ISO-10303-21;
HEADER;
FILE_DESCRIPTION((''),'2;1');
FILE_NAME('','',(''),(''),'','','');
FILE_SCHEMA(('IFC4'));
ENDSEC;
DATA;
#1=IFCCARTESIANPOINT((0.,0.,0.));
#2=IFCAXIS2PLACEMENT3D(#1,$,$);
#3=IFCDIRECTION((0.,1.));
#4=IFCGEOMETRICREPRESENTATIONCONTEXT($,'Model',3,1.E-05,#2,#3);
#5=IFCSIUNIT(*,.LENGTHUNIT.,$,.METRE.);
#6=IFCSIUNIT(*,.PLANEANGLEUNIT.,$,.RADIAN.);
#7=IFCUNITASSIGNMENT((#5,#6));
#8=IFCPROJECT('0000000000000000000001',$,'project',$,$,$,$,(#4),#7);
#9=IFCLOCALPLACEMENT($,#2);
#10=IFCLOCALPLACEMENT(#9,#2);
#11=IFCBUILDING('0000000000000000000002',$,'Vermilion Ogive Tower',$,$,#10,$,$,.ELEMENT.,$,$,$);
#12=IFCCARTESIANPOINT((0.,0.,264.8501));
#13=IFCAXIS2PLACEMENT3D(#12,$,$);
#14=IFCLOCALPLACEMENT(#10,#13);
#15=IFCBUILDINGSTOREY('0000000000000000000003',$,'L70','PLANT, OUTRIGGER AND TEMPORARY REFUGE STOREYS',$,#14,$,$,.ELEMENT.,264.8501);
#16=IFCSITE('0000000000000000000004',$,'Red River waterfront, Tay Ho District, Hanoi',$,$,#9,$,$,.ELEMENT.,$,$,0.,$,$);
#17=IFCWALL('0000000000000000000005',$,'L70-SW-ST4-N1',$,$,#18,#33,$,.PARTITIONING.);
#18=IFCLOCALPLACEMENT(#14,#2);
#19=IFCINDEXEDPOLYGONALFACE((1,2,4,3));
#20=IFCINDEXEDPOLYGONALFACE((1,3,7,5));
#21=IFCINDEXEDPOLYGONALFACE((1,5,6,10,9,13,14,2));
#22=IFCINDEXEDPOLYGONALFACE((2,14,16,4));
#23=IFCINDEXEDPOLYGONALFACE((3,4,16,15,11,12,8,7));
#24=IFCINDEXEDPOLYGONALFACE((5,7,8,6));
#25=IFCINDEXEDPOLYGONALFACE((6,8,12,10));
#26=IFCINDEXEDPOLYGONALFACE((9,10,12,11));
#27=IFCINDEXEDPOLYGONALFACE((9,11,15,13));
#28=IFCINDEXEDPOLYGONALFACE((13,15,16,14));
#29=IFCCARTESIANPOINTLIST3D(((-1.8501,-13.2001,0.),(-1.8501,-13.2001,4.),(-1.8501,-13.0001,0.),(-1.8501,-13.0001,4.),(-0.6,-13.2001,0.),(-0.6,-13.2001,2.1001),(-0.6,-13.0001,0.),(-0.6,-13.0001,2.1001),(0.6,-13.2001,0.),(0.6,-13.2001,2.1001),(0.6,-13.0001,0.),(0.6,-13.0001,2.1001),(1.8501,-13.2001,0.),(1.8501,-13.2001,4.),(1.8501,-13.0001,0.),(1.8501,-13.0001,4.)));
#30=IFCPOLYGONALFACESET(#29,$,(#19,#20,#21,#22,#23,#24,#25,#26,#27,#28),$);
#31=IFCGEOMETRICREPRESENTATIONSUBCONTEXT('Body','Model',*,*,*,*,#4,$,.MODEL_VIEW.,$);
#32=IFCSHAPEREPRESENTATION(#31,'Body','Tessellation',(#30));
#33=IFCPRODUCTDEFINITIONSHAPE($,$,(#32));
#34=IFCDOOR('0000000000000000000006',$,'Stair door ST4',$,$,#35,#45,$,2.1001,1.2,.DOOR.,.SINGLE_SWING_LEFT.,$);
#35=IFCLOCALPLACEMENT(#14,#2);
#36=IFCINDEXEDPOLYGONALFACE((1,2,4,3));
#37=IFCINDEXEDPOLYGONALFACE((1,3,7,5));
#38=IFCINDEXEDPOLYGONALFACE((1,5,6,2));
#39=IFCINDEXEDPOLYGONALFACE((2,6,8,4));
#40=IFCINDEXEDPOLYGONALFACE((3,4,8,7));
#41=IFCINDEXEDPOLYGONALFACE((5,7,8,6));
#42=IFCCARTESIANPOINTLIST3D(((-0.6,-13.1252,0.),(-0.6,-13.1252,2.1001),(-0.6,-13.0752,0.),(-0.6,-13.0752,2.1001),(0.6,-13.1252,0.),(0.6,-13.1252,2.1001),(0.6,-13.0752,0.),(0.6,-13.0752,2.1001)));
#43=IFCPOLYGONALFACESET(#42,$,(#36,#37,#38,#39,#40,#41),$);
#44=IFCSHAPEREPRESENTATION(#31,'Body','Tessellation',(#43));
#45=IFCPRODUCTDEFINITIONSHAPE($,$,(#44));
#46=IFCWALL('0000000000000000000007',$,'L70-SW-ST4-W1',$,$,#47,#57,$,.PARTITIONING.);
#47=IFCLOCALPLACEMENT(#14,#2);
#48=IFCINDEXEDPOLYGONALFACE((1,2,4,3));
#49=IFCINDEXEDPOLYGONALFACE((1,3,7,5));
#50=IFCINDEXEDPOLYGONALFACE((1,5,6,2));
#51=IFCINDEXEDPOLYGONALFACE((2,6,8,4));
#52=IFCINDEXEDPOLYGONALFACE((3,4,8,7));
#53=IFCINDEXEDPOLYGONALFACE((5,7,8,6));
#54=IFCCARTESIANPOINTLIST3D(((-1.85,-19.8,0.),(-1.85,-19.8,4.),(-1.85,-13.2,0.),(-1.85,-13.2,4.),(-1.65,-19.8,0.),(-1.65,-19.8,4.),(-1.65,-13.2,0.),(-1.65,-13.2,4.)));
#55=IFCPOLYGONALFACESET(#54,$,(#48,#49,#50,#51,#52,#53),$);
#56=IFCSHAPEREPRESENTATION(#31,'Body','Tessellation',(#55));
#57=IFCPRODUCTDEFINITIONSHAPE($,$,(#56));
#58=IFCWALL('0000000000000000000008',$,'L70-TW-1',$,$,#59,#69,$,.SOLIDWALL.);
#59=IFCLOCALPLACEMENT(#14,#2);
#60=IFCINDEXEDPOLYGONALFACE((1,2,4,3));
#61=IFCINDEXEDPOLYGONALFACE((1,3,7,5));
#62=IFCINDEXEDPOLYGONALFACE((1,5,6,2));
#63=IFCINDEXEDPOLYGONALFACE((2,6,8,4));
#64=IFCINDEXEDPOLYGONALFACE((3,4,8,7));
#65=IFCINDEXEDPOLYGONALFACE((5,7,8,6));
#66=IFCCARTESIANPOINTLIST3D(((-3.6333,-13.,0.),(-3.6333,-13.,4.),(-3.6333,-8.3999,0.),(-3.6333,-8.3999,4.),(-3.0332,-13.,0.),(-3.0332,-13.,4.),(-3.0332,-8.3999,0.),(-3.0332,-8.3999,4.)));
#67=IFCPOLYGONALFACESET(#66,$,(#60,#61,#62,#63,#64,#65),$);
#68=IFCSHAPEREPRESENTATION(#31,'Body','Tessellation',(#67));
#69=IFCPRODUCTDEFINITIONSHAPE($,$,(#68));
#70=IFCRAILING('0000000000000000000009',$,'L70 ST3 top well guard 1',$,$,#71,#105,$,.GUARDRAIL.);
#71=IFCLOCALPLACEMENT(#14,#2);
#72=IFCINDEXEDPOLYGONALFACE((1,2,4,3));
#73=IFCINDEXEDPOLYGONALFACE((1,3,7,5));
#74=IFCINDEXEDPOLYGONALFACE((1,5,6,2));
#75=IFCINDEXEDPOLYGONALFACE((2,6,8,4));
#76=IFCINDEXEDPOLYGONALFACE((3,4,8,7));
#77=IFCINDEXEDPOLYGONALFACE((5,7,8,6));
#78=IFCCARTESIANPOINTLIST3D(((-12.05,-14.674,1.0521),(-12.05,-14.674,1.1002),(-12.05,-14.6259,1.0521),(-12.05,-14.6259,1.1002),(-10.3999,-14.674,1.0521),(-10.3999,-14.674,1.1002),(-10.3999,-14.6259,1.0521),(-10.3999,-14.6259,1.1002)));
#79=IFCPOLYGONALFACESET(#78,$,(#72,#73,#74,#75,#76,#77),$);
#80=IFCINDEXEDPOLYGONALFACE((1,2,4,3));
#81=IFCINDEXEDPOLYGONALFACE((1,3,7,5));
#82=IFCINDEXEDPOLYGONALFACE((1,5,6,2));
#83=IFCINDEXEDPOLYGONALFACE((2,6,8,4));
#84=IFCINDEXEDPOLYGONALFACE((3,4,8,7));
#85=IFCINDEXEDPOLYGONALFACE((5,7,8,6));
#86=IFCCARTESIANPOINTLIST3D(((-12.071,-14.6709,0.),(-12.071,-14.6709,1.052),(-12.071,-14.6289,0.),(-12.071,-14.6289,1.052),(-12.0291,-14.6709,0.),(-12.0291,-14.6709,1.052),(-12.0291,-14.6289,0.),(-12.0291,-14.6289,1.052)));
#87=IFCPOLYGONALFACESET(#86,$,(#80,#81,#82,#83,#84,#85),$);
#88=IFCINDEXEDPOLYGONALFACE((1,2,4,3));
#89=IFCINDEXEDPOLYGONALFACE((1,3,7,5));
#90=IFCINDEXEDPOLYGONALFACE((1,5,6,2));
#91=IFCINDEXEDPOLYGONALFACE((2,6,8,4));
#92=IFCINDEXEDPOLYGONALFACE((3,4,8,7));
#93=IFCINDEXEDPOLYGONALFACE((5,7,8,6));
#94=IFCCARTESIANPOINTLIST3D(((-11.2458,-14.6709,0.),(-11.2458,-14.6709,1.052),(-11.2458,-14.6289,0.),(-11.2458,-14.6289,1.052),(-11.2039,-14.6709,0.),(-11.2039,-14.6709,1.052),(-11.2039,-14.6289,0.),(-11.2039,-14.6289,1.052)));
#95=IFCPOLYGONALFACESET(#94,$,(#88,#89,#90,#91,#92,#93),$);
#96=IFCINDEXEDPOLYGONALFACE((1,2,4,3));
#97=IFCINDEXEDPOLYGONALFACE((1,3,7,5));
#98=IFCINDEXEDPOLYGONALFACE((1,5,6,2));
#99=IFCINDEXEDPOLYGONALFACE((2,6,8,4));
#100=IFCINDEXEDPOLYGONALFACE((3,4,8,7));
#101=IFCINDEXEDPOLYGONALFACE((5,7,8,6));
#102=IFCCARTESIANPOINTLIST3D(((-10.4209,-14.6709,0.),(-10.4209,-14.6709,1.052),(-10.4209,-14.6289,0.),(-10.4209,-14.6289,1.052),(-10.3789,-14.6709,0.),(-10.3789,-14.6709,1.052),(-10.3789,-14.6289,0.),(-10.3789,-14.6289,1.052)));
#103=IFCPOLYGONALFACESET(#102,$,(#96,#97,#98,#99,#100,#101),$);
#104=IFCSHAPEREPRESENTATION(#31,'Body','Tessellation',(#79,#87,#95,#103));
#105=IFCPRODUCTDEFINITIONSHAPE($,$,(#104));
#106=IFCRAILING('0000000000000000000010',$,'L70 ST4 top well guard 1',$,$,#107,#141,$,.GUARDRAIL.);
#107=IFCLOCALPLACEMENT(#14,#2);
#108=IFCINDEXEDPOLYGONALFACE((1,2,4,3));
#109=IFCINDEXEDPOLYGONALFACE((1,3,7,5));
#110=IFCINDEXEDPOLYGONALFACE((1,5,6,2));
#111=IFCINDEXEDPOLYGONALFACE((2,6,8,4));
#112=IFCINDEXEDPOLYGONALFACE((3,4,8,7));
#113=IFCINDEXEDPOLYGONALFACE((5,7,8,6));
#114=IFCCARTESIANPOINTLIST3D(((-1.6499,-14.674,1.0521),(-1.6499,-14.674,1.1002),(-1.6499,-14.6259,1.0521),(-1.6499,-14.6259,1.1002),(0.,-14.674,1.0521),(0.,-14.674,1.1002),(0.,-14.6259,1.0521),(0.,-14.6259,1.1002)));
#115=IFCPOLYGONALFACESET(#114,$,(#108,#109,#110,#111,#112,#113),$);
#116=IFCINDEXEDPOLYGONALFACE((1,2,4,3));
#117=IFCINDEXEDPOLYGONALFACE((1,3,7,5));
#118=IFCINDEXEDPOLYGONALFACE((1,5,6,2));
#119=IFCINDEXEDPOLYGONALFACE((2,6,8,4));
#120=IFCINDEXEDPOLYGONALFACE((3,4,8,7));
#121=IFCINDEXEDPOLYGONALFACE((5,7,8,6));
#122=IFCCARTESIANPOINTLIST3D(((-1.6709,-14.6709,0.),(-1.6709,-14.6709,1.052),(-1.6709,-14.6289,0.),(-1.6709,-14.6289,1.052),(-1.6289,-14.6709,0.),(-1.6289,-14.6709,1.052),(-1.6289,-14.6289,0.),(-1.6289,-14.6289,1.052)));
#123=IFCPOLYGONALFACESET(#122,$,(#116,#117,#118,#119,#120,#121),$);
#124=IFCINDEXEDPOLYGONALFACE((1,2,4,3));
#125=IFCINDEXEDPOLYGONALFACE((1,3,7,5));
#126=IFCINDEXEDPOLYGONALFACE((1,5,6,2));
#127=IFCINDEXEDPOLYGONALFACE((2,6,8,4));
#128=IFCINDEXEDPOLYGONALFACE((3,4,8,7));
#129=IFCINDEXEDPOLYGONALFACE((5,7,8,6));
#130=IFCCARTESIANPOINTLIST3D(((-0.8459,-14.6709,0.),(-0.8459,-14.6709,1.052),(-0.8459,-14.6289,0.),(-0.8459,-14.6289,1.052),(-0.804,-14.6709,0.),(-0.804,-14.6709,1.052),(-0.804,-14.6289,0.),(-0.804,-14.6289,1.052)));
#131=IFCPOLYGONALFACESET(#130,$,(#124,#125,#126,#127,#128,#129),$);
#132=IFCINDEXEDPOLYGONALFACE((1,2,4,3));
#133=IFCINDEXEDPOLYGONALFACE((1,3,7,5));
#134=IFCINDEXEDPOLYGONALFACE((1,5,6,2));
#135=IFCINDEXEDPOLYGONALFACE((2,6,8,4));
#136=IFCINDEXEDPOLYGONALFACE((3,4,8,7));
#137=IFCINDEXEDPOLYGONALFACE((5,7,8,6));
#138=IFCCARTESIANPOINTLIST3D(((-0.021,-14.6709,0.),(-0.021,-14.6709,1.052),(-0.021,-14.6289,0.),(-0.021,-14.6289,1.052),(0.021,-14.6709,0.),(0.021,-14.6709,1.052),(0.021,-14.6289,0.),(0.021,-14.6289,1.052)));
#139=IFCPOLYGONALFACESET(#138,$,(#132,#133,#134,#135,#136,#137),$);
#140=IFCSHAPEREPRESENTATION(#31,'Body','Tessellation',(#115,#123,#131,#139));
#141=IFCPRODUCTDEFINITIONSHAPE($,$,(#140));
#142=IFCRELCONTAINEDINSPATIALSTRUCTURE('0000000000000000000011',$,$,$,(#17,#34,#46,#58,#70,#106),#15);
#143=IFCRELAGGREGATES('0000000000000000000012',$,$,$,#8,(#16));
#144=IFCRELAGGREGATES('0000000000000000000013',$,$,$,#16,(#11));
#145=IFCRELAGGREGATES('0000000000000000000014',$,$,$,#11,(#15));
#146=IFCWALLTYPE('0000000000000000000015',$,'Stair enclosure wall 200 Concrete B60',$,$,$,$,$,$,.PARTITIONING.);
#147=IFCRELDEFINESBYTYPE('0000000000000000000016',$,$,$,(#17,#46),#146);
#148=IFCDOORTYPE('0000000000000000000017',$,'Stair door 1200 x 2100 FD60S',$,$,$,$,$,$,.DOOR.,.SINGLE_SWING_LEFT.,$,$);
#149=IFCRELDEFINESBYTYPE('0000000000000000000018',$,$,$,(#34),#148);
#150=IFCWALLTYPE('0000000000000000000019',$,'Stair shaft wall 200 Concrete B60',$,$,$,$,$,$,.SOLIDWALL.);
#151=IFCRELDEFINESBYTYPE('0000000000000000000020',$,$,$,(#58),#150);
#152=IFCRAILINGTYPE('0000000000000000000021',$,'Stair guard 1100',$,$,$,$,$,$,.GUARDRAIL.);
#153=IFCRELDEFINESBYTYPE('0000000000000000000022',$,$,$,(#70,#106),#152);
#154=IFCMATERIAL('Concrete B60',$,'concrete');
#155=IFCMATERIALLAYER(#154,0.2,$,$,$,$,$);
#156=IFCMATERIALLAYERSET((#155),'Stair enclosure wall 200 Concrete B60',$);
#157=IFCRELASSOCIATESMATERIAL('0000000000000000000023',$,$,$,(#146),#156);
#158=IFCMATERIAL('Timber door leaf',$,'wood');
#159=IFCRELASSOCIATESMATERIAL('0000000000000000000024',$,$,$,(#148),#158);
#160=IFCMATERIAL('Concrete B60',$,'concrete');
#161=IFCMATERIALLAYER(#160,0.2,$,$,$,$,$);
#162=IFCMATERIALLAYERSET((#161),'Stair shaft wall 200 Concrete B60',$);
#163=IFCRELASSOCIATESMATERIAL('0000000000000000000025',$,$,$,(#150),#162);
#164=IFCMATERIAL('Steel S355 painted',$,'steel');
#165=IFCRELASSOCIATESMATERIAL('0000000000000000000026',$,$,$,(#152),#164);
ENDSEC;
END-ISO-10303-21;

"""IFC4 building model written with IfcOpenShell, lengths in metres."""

from ifc_helpers import new_model, si_unit, direction, frame, frame_2d, origin, origin_2d, place, context, subcontext, project, spatial, rectangle, extrude, material, layer, layer_set, type_object, element, fill, save


model = new_model("IFC4")

# Units and contexts
model_context = context("Model", 3, precision=1e-05, world=origin(), true_north=direction((0.0, 1.0)))
body_context = subcontext(model_context, "Body", "Model", "MODEL_VIEW")
ifc_project = project(units=[si_unit("LENGTHUNIT", "METRE"), si_unit("PLANEANGLEUNIT", "RADIAN")], contexts=[model_context])

# Site, building, storey
site_placement = place(None, origin())
site = spatial("IfcSite", under=ifc_project, at=site_placement, Name="Red River waterfront, Tay Ho District, Hanoi", CompositionType="ELEMENT", RefElevation=0.0)
building_placement = place(site_placement, origin())
building = spatial("IfcBuilding", under=site, at=building_placement, Name="Vermilion Ogive Tower", CompositionType="ELEMENT")
storey_placement = place(building_placement, frame((0.0, 0.0, 264.8501)))
storey = spatial("IfcBuildingStorey", under=building, at=storey_placement, Name="L70", Description="PLANT, OUTRIGGER AND TEMPORARY REFUGE STOREYS", CompositionType="ELEMENT", Elevation=264.8501)

# Shared definitions
ifc_material_1 = material(Name="Concrete B60", Category="concrete")
ifc_layer_1 = layer(ifc_material_1, 0.2)
ifc_layer_set_1 = layer_set([ifc_layer_1], Name="Stair enclosure wall 200 Concrete B60")
wall_type_1 = type_object("IfcWallType", Name="Stair enclosure wall 200 Concrete B60", PredefinedType="PARTITIONING", material=ifc_layer_set_1)

# Wall, opening, door
wall_1_placement = place(storey_placement, frame((-1.8501, -13.1001, 0.0), z_axis=(0.0, 0.0, 1.0), x_axis=(1.0, 0.0, 0.0)))
wall_1 = element("IfcWall", 1, at=wall_1_placement, inside=storey, type_object=wall_type_1, Name="L70-SW-ST4-N1", PredefinedType="PARTITIONING", context=body_context, shape_type="SweptSolid", body=[
    extrude(rectangle(XDim=3.7002, YDim=0.2, at=frame_2d((1.8501, 0.0))), origin(), (0.0, 0.0, 1.0), 4.0),
])
opening_1_placement = place(wall_1_placement, frame((1.25, 0.0, 0.0)))
opening_1 = element("IfcOpeningElement", 2, at=opening_1_placement, cuts=wall_1, PredefinedType="OPENING", context=body_context, shape_type="SweptSolid", body=[
    extrude(rectangle(XDim=1.2, YDim=2.1001, at=frame_2d((0.6001, 1.05))), frame((0.0, 0.1099, 0.0), z_axis=(0.0, -1.0, 0.0), x_axis=(1.0, 0.0, 0.0)), (0.0, 0.0, 1.0), 0.22),
])
ifc_material_2 = material(Name="Timber door leaf", Category="wood")
door_type_1 = type_object("IfcDoorType", Name="Stair door 1200 x 2100 FD60S", OperationType="SINGLE_SWING_LEFT", PredefinedType="DOOR", material=ifc_material_2)
door_1_placement = place(opening_1_placement, origin())
door_1 = element("IfcDoor", 3, at=door_1_placement, inside=storey, type_object=door_type_1, Name="Stair door ST4", OperationType="SINGLE_SWING_LEFT", OverallHeight=2.1001, OverallWidth=1.2, PredefinedType="DOOR", context=body_context, shape_type="SweptSolid", body=[
    extrude(rectangle(XDim=1.2, YDim=2.1001, at=frame_2d((0.6001, 1.05))), frame((0.0, 0.0249, 0.0), z_axis=(0.0, -1.0, 0.0), x_axis=(1.0, 0.0, 0.0)), (0.0, 0.0, 1.0), 0.05),
])
fill(opening_1, door_1)

# Walls
wall_2_placement = place(storey_placement, frame((-1.75, -19.8, 0.0), z_axis=(0.0, 0.0, 1.0), x_axis=(0.0, 1.0, 0.0)))
element("IfcWall", 4, at=wall_2_placement, inside=storey, type_object=wall_type_1, Name="L70-SW-ST4-W1", PredefinedType="PARTITIONING", context=body_context, shape_type="SweptSolid", body=[
    extrude(rectangle(XDim=6.6001, YDim=0.2, at=frame_2d((3.3, 0.0))), origin(), (0.0, 0.0, 1.0), 4.0),
])
ifc_material_3 = material(Name="Concrete B60", Category="concrete")
ifc_layer_2 = layer(ifc_material_3, 0.2)
ifc_layer_set_2 = layer_set([ifc_layer_2], Name="Stair shaft wall 200 Concrete B60")
wall_type_2 = type_object("IfcWallType", Name="Stair shaft wall 200 Concrete B60", PredefinedType="SOLIDWALL", material=ifc_layer_set_2)
wall_3_placement = place(storey_placement, frame((-3.3333, -13.0, 0.0), z_axis=(0.0, 0.0, 1.0), x_axis=(0.0, 1.0, 0.0)))
element("IfcWall", 5, at=wall_3_placement, inside=storey, type_object=wall_type_2, Name="L70-TW-1", PredefinedType="SOLIDWALL", context=body_context, shape_type="SweptSolid", body=[
    extrude(rectangle(XDim=4.6001, YDim=0.6001, at=frame_2d((2.3, 0.0))), origin(), (0.0, 0.0, 1.0), 4.0),
])

# Railings
ifc_material_4 = material(Name="Steel S355 painted", Category="steel")
railing_type = type_object("IfcRailingType", Name="Stair guard 1100", PredefinedType="GUARDRAIL", material=ifc_material_4)
railing_1_placement = place(storey_placement, frame((-12.05, -14.6499, 0.0)))
element("IfcRailing", 6, at=railing_1_placement, inside=storey, type_object=railing_type, Name="L70 ST3 top well guard 1", PredefinedType="GUARDRAIL", context=body_context, shape_type="SweptSolid", body=[
    extrude(rectangle(XDim=0.0481, YDim=0.0481, at=origin_2d()), frame((0.0, 0.0, 1.0762), z_axis=(1.0, 0.0, 0.0), x_axis=(0.0, 1.0, 0.0)), (0.0, 0.0, 1.0), 1.6501),
    extrude(rectangle(XDim=0.042, YDim=0.042, at=origin_2d()), origin(), (0.0, 0.0, 1.0), 1.052),
    extrude(rectangle(XDim=0.042, YDim=0.042, at=origin_2d()), frame((0.8252, 0.0, 0.0)), (0.0, 0.0, 1.0), 1.052),
    extrude(rectangle(XDim=0.042, YDim=0.042, at=origin_2d()), frame((1.6501, 0.0, 0.0)), (0.0, 0.0, 1.0), 1.052),
])
railing_2_placement = place(storey_placement, frame((-1.6499, -14.6499, 0.0)))
element("IfcRailing", 7, at=railing_2_placement, inside=storey, type_object=railing_type, Name="L70 ST4 top well guard 1", PredefinedType="GUARDRAIL", context=body_context, shape_type="SweptSolid", body=[
    extrude(rectangle(XDim=0.0481, YDim=0.0481, at=origin_2d()), frame((0.0, 0.0, 1.0762), z_axis=(1.0, 0.0, 0.0), x_axis=(0.0, 1.0, 0.0)), (0.0, 0.0, 1.0), 1.6499),
    extrude(rectangle(XDim=0.042, YDim=0.042, at=origin_2d()), origin(), (0.0, 0.0, 1.0), 1.052),
    extrude(rectangle(XDim=0.042, YDim=0.042, at=origin_2d()), frame((0.825, 0.0, 0.0)), (0.0, 0.0, 1.0), 1.052),
    extrude(rectangle(XDim=0.042, YDim=0.042, at=origin_2d()), frame((1.6499, 0.0, 0.0)), (0.0, 0.0, 1.0), 1.052),
])

save(model, "model.ifc")
